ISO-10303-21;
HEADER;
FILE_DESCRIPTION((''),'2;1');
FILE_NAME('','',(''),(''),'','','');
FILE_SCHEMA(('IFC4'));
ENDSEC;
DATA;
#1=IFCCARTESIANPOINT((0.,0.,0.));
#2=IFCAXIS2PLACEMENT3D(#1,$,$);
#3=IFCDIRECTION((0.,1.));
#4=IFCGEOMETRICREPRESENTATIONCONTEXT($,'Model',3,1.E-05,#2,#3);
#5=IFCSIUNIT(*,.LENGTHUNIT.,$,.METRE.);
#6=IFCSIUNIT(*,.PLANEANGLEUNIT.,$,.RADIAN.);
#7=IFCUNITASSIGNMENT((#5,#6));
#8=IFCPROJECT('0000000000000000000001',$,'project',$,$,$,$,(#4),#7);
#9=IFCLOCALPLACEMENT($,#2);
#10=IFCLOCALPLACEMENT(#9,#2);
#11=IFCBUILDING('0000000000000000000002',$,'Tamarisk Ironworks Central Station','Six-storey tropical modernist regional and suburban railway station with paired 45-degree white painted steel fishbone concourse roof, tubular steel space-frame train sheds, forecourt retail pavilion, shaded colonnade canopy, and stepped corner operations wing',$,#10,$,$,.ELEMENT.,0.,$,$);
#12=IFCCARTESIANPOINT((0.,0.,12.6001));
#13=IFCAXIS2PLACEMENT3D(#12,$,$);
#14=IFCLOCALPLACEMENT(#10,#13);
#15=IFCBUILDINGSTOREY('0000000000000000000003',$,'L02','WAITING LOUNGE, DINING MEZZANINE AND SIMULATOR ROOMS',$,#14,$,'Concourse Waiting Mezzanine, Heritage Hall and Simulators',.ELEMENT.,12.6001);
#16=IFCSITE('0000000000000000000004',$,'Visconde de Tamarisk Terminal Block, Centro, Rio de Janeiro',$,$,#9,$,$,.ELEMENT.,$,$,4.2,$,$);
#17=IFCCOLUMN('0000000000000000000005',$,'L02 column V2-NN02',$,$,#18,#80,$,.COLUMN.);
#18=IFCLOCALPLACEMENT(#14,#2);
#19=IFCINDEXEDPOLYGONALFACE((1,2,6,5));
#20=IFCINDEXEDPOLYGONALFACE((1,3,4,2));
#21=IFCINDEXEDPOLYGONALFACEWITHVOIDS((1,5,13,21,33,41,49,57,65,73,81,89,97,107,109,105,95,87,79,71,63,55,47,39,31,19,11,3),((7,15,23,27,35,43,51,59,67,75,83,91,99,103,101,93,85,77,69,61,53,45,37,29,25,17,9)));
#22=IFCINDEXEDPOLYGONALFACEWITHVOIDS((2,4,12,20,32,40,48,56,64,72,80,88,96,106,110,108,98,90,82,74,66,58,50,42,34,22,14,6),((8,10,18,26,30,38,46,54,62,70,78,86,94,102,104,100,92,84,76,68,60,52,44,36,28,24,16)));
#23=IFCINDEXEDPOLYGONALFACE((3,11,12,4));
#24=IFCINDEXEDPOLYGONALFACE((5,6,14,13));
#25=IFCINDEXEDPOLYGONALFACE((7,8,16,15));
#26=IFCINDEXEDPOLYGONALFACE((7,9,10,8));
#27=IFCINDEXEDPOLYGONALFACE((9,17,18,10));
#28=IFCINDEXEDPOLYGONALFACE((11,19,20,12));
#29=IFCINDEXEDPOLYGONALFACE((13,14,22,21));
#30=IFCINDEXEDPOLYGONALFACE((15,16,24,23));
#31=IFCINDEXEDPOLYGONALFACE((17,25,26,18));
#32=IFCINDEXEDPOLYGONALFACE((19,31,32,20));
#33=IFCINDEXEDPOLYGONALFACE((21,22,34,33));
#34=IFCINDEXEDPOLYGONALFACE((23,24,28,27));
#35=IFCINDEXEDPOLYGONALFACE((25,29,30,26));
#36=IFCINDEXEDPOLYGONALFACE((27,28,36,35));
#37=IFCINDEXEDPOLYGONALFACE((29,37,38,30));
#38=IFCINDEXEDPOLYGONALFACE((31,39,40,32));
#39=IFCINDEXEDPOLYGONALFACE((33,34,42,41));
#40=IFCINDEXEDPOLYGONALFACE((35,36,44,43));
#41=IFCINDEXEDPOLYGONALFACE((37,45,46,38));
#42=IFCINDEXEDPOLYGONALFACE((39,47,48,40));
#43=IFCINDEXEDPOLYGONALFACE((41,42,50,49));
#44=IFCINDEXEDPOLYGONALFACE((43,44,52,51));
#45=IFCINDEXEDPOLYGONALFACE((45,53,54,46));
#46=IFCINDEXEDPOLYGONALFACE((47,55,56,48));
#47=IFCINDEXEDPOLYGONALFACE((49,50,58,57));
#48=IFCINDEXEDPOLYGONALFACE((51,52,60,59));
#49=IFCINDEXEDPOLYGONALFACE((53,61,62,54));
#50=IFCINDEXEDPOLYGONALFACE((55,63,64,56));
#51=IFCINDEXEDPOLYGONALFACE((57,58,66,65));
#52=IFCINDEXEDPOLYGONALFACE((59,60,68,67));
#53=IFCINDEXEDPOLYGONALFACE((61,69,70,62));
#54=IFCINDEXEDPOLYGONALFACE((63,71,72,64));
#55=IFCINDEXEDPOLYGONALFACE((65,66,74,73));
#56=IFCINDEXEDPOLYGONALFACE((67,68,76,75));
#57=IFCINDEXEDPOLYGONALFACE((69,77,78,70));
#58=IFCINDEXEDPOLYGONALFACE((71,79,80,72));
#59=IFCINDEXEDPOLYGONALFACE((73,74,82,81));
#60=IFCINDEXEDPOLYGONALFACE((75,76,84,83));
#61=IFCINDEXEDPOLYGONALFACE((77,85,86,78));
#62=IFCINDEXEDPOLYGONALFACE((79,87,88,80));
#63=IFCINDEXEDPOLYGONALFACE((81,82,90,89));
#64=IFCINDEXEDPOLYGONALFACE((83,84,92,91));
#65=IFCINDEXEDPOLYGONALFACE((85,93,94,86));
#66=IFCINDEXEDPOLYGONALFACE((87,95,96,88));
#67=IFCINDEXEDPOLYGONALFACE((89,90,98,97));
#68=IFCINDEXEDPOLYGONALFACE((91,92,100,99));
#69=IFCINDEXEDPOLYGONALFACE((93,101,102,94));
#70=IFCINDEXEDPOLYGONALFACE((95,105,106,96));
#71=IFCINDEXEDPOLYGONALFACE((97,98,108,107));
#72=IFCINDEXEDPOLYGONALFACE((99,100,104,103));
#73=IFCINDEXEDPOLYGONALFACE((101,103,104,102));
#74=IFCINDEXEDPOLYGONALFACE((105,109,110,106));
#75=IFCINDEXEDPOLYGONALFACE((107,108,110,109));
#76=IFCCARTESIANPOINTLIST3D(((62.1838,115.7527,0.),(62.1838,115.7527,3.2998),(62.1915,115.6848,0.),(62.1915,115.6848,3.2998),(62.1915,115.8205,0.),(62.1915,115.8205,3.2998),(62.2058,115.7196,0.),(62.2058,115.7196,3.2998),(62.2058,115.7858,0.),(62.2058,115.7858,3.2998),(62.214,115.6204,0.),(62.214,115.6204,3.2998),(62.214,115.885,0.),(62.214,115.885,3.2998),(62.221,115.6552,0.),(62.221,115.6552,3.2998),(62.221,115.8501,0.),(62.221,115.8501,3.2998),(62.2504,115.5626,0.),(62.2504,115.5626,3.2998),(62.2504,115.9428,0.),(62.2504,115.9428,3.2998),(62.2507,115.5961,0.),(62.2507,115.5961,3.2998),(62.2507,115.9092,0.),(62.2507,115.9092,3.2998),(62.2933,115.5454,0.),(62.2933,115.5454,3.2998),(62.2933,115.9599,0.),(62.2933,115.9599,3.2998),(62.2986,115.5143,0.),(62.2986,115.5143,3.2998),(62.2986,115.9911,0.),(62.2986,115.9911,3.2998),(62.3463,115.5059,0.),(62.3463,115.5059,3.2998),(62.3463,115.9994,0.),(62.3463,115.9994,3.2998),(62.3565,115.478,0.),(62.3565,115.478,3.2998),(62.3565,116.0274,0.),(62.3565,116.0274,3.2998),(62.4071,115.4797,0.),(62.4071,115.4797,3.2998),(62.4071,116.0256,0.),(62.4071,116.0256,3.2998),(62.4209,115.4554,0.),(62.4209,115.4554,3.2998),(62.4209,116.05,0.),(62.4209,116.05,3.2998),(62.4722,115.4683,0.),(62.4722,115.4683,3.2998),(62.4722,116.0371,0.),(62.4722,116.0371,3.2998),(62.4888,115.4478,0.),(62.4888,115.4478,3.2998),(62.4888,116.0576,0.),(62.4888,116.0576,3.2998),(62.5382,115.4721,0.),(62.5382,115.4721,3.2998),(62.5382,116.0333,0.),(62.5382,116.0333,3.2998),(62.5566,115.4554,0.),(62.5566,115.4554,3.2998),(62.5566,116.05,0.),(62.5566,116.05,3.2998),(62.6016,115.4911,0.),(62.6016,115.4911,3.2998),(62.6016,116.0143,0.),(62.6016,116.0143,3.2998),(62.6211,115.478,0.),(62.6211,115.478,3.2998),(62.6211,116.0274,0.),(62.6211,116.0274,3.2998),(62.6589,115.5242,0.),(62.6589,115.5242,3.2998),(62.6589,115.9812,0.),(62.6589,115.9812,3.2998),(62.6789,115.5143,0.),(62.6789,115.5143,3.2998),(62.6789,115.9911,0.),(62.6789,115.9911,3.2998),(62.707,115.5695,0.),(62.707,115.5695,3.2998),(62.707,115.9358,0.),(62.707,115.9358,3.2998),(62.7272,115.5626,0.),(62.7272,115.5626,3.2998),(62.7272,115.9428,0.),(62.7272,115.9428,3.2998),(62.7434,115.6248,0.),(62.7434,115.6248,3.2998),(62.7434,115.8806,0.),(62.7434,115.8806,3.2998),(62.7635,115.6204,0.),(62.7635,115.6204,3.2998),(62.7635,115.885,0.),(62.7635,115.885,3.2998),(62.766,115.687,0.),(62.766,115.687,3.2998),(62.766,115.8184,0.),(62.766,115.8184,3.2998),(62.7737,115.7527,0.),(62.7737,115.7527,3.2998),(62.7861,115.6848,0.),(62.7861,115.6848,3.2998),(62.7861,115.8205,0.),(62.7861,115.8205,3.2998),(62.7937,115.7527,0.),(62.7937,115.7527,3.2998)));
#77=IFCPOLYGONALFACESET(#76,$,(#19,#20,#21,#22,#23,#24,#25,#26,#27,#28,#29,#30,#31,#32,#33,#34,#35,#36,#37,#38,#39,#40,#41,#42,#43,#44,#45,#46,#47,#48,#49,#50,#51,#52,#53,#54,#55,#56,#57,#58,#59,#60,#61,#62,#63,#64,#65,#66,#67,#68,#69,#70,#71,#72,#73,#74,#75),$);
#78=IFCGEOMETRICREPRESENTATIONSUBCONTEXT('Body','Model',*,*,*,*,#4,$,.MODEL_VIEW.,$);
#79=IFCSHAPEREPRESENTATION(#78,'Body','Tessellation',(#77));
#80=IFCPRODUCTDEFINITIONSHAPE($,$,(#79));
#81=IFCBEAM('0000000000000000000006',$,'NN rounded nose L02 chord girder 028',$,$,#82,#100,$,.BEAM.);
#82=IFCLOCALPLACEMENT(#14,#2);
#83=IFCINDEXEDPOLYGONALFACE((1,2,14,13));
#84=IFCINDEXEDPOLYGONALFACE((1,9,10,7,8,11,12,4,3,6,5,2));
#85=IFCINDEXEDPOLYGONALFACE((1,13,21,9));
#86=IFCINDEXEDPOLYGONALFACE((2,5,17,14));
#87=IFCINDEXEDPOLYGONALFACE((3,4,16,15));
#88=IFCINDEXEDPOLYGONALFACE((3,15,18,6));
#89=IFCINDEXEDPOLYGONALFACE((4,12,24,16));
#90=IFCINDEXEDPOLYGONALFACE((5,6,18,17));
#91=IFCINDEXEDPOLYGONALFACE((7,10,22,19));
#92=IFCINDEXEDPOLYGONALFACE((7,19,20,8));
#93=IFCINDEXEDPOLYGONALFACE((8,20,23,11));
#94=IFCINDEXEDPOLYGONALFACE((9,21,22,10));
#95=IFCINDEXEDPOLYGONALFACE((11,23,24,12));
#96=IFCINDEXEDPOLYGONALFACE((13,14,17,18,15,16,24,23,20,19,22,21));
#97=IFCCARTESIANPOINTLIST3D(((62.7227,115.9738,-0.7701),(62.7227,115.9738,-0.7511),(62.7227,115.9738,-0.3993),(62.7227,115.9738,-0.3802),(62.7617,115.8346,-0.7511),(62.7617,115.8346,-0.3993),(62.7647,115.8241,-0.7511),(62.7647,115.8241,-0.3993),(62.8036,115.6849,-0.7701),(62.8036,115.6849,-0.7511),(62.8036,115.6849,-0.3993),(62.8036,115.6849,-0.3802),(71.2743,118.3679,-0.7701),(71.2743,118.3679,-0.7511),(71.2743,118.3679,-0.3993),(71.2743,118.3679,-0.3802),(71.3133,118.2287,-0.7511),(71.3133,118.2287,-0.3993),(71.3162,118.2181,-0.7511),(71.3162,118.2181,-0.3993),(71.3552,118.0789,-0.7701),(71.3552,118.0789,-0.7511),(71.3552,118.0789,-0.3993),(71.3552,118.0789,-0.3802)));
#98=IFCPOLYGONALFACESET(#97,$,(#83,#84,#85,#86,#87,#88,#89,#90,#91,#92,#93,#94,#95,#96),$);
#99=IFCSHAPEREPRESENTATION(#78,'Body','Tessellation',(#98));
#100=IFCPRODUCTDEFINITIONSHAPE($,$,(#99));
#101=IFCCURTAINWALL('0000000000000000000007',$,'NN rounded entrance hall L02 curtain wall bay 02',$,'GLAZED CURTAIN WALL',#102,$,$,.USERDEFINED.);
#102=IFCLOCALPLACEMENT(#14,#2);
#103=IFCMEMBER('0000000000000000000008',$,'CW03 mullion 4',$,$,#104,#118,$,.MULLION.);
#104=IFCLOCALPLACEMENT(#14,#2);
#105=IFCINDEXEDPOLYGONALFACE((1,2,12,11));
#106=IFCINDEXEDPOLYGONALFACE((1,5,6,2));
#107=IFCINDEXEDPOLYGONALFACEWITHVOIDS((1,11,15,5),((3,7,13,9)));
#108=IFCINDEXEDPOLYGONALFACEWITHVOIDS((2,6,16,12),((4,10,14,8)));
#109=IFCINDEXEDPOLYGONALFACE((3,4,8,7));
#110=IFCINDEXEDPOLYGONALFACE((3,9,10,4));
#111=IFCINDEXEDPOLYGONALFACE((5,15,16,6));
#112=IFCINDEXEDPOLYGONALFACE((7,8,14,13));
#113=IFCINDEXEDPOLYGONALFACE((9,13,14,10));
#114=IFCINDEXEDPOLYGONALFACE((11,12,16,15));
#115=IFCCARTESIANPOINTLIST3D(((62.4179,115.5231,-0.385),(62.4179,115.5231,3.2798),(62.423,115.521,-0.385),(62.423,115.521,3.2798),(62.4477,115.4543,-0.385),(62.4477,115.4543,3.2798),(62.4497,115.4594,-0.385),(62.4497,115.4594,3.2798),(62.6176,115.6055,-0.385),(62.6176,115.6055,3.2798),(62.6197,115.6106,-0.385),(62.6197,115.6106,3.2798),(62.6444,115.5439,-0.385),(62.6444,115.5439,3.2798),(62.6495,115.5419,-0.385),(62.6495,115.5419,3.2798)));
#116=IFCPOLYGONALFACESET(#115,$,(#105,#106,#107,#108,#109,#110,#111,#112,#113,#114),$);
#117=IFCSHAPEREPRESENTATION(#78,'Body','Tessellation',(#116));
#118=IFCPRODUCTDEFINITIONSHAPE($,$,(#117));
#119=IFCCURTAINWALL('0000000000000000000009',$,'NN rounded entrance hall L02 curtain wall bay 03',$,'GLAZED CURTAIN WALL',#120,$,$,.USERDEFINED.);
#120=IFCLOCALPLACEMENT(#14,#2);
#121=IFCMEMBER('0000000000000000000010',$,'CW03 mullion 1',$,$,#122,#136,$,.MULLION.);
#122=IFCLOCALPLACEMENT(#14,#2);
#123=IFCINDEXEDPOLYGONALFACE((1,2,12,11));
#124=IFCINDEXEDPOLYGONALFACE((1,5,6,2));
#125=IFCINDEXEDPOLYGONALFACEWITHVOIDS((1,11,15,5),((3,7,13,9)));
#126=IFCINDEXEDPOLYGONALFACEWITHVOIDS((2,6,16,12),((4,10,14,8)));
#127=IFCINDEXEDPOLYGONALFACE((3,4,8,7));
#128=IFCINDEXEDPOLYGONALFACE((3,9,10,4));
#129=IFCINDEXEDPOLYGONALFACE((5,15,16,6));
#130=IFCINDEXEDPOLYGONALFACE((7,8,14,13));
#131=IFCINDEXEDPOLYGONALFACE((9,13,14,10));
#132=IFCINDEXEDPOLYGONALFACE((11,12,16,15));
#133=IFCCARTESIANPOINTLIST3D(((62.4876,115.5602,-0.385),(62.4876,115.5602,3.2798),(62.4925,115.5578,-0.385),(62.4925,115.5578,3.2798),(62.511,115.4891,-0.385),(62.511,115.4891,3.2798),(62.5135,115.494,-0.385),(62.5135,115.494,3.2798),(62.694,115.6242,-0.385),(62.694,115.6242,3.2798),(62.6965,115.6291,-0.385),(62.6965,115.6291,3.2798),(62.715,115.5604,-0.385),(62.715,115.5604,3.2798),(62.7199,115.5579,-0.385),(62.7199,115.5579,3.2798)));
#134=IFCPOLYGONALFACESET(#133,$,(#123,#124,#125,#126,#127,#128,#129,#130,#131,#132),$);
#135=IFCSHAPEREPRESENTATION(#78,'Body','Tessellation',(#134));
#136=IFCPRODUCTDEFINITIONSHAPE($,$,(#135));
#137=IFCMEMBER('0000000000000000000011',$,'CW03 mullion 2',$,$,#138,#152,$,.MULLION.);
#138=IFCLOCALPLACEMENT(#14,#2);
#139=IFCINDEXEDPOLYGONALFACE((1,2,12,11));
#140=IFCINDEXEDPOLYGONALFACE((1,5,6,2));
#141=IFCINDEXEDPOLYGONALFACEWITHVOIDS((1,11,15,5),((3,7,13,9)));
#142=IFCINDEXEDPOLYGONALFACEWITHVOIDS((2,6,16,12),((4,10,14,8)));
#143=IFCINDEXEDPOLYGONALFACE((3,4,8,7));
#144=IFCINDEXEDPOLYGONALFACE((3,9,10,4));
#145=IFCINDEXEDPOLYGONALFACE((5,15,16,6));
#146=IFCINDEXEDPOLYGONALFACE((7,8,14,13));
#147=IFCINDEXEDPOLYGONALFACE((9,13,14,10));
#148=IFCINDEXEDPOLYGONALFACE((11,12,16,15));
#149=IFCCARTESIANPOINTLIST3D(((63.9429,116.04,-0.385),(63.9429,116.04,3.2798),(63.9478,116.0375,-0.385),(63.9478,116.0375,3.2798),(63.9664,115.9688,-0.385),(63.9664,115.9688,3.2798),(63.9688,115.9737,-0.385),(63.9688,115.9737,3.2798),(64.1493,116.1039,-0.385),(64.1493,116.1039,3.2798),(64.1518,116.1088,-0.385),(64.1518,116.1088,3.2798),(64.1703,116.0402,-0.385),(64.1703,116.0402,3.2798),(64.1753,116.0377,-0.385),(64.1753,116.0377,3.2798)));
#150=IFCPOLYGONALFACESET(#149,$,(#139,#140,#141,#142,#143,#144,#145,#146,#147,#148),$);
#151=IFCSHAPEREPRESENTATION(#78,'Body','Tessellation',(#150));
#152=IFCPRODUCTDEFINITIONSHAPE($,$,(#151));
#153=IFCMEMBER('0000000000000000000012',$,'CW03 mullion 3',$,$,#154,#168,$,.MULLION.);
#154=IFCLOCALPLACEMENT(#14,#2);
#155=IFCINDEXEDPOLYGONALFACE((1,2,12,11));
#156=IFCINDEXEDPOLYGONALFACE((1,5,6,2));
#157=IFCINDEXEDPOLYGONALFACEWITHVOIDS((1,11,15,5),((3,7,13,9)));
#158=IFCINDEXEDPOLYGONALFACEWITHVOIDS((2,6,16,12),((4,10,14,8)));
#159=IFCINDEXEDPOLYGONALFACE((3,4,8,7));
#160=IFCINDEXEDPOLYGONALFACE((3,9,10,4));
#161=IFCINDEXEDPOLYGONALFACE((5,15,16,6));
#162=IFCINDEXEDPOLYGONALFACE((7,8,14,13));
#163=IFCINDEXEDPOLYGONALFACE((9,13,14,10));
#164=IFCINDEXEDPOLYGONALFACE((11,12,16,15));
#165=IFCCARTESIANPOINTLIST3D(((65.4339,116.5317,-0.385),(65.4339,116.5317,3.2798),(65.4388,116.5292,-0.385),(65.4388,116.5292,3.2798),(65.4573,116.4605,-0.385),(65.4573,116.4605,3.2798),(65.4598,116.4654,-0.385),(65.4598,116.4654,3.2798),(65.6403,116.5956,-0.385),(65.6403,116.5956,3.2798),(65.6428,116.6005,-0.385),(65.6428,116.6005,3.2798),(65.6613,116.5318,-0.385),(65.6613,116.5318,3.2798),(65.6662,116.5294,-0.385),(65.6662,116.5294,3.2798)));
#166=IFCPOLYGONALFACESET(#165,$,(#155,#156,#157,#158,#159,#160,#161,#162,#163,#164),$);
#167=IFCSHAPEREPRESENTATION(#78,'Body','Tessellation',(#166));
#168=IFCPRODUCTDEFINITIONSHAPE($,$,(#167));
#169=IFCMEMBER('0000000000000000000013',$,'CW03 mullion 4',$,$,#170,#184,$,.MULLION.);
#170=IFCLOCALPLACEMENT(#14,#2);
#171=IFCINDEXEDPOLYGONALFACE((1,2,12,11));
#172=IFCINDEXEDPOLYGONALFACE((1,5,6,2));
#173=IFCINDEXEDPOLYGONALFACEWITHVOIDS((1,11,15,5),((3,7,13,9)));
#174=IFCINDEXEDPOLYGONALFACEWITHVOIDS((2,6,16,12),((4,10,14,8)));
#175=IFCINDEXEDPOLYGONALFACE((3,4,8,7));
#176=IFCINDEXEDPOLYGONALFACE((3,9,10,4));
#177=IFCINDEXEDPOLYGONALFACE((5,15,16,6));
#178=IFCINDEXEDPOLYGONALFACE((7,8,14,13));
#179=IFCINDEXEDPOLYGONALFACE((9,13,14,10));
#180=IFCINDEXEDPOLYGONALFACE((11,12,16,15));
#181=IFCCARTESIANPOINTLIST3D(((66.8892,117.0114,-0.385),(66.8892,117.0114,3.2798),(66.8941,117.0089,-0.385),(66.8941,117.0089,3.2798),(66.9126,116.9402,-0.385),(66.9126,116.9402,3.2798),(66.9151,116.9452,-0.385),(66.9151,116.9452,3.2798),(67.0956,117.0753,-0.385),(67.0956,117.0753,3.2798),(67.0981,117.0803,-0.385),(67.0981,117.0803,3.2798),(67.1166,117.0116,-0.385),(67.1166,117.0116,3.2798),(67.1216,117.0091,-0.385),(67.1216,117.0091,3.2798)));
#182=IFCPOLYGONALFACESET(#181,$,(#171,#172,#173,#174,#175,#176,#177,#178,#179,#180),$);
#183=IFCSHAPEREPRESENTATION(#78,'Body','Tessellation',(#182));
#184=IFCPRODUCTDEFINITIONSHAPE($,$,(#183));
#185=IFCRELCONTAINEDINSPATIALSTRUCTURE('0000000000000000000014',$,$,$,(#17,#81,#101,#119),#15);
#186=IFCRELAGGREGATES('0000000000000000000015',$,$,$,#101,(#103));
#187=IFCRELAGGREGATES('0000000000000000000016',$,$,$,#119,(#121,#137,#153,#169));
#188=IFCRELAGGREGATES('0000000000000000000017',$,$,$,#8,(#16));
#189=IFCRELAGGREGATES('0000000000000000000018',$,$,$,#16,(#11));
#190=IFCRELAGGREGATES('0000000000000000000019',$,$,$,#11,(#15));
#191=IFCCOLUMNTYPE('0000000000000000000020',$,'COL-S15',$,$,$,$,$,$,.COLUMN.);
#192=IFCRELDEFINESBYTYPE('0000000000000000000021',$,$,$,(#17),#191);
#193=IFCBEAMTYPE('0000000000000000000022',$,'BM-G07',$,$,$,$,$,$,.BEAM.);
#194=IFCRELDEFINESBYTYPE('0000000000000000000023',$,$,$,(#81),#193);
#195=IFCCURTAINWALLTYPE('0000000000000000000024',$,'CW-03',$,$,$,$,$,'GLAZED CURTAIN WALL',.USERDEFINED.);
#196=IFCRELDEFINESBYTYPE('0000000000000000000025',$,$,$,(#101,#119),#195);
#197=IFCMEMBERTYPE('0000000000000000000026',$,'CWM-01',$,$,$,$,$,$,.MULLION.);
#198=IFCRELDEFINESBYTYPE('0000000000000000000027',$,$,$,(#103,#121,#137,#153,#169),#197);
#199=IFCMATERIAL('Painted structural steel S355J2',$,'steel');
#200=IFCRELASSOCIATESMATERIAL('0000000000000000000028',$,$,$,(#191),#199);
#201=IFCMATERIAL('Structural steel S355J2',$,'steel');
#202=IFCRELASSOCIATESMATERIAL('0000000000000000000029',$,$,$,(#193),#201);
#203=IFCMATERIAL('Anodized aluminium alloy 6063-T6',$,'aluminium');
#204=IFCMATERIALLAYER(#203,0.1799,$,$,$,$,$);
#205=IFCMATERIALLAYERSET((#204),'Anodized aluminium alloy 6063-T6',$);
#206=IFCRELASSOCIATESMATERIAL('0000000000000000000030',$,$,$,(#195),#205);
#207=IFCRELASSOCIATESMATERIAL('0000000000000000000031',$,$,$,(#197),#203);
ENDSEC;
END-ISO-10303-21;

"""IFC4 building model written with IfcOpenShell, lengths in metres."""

from ifc_helpers import new_model, si_unit, direction, frame, origin, origin_2d, place, context, subcontext, project, spatial, hollow_rectangle, hollow_circle, i_section, extrude, material, layer, layer_set, material_profile, profile_set, type_object, element, aggregate, save


model = new_model("IFC4")

# Units and contexts
model_context = context("Model", 3, precision=1e-05, world=origin(), true_north=direction((0.0, 1.0)))
body_context = subcontext(model_context, "Body", "Model", "MODEL_VIEW")
ifc_project = project(units=[si_unit("LENGTHUNIT", "METRE"), si_unit("PLANEANGLEUNIT", "RADIAN")], contexts=[model_context])

# Site, building, storey
site_placement = place(None, origin())
site = spatial("IfcSite", under=ifc_project, at=site_placement, Name="Visconde de Tamarisk Terminal Block, Centro, Rio de Janeiro", CompositionType="ELEMENT", RefElevation=4.2)
building_placement = place(site_placement, origin())
building = spatial("IfcBuilding", under=site, at=building_placement, Name="Tamarisk Ironworks Central Station", Description="Six-storey tropical modernist regional and suburban railway station with paired 45-degree white painted steel fishbone concourse roof, tubular steel space-frame train sheds, forecourt retail pavilion, shaded colonnade canopy, and stepped corner operations wing", CompositionType="ELEMENT", ElevationOfRefHeight=0.0)
storey_placement = place(building_placement, frame((0.0, 0.0, 12.6001)))
storey = spatial("IfcBuildingStorey", under=building, at=storey_placement, Name="L02", Description="WAITING LOUNGE, DINING MEZZANINE AND SIMULATOR ROOMS", LongName="Concourse Waiting Mezzanine, Heritage Hall and Simulators", CompositionType="ELEMENT", Elevation=12.6001)

# Column
ifc_material_1 = material(Name="Painted structural steel S355J2", Category="steel")
ifc_material_profile_1 = material_profile(ifc_material_1, hollow_circle(Radius=0.3049, WallThickness=0.02, at=origin_2d()), Name="CHS 610x20")
ifc_profile_set_1 = profile_set([ifc_material_profile_1], Name="Painted structural steel S355J2")
column_type = type_object("IfcColumnType", Name="COL-S15", PredefinedType="COLUMN", material=ifc_profile_set_1)
column_placement = place(storey_placement, frame((62.4888, 115.7527, 0.0), z_axis=(0.0, 0.0, 1.0), x_axis=(1.0, 0.0, 0.0)))
element("IfcColumn", 1, at=column_placement, inside=storey, type_object=column_type, Name="L02 column V2-NN02", PredefinedType="COLUMN", context=body_context, shape_type="SweptSolid", body=[
    extrude(hollow_circle(Radius=0.3049, WallThickness=0.02, at=origin_2d()), origin(), (0.0, 0.0, 1.0), 3.2998),
])

# Beam
ifc_material_2 = material(Name="Structural steel S355J2", Category="steel")
ifc_material_profile_2 = material_profile(ifc_material_2, i_section(OverallWidth=0.3, OverallDepth=0.3899, WebThickness=0.011, FlangeThickness=0.019, at=origin_2d()), Name="HEA 400")
ifc_profile_set_2 = profile_set([ifc_material_profile_2], Name="Structural steel S355J2")
beam_type = type_object("IfcBeamType", Name="BM-G07", PredefinedType="BEAM", material=ifc_profile_set_2)
beam_placement = place(storey_placement, frame((62.7632, 115.8293, -0.5752), z_axis=(0.962975, 0.26959, 0.0), x_axis=(-0.26959, 0.962975, 0.0)))
element("IfcBeam", 2, at=beam_placement, inside=storey, type_object=beam_type, Name="NN rounded nose L02 chord girder 028", PredefinedType="BEAM", context=body_context, shape_type="SweptSolid", body=[
    extrude(i_section(OverallWidth=0.3, OverallDepth=0.3899, WebThickness=0.011, FlangeThickness=0.019, at=origin_2d()), origin(), (0.0, 0.0, 1.0), 8.8804),
])

# Curtain wall, member
ifc_material_3 = material(Name="Anodized aluminium alloy 6063-T6", Category="aluminium")
ifc_layer_1 = layer(ifc_material_3, 0.1799)
ifc_layer_set_1 = layer_set([ifc_layer_1], Name="Anodized aluminium alloy 6063-T6")
curtain_wall_type = type_object("IfcCurtainWallType", Name="CW-03", ElementType="GLAZED CURTAIN WALL", PredefinedType="USERDEFINED", material=ifc_layer_set_1)
curtain_wall_1_placement = place(storey_placement, origin())
curtain_wall_1 = element("IfcCurtainWall", 3, at=curtain_wall_1_placement, inside=storey, type_object=curtain_wall_type, Name="NN rounded entrance hall L02 curtain wall bay 02", ObjectType="GLAZED CURTAIN WALL", PredefinedType="USERDEFINED")
ifc_material_profile_3 = material_profile(ifc_material_3, hollow_rectangle(XDim=0.075, YDim=0.22, WallThickness=0.0039, at=origin_2d()), Name="ALUM 220x75")
ifc_profile_set_3 = profile_set([ifc_material_profile_3], Name="Anodized aluminium alloy 6063-T6")
member_type_1 = type_object("IfcMemberType", Name="CWM-01", PredefinedType="MULLION", material=ifc_profile_set_3)
member_1_placement = place(storey_placement, frame((62.5337, 115.5325, -0.385), z_axis=(0.0, 0.0, 1.0), x_axis=(-0.398077, 0.917352, 0.0)))
member_1 = element("IfcMember", 4, at=member_1_placement, type_object=member_type_1, Name="CW03 mullion 4", PredefinedType="MULLION", context=body_context, shape_type="SweptSolid", body=[
    extrude(hollow_rectangle(XDim=0.075, YDim=0.22, WallThickness=0.0039, at=origin_2d()), origin(), (0.0, 0.0, 1.0), 3.6648),
])
aggregate(curtain_wall_1, [member_1])

# Curtain wall, members
curtain_wall_2_placement = place(storey_placement, origin())
curtain_wall_2 = element("IfcCurtainWall", 5, at=curtain_wall_2_placement, inside=storey, type_object=curtain_wall_type, Name="NN rounded entrance hall L02 curtain wall bay 03", ObjectType="GLAZED CURTAIN WALL", PredefinedType="USERDEFINED")
member_2_placement = place(storey_placement, frame((62.6038, 115.5591, -0.385), z_axis=(0.0, 0.0, 1.0), x_axis=(-0.313098, 0.949721, 0.0)))
member_2 = element("IfcMember", 6, at=member_2_placement, type_object=member_type_1, Name="CW03 mullion 1", PredefinedType="MULLION", context=body_context, shape_type="SweptSolid", body=[
    extrude(hollow_rectangle(XDim=0.075, YDim=0.22, WallThickness=0.0039, at=origin_2d()), origin(), (0.0, 0.0, 1.0), 3.6648),
])
member_3_placement = place(storey_placement, frame((64.0591, 116.0388, -0.385), z_axis=(0.0, 0.0, 1.0), x_axis=(-0.313098, 0.949721, 0.0)))
member_3 = element("IfcMember", 7, at=member_3_placement, type_object=member_type_1, Name="CW03 mullion 2", PredefinedType="MULLION", context=body_context, shape_type="SweptSolid", body=[
    extrude(hollow_rectangle(XDim=0.075, YDim=0.22, WallThickness=0.0039, at=origin_2d()), origin(), (0.0, 0.0, 1.0), 3.6648),
])
member_4_placement = place(storey_placement, frame((65.55, 116.5305, -0.385), z_axis=(0.0, 0.0, 1.0), x_axis=(-0.313098, 0.949721, 0.0)))
member_4 = element("IfcMember", 8, at=member_4_placement, type_object=member_type_1, Name="CW03 mullion 3", PredefinedType="MULLION", context=body_context, shape_type="SweptSolid", body=[
    extrude(hollow_rectangle(XDim=0.075, YDim=0.22, WallThickness=0.0039, at=origin_2d()), origin(), (0.0, 0.0, 1.0), 3.6648),
])
member_5_placement = place(storey_placement, frame((67.0054, 117.0103, -0.385), z_axis=(0.0, 0.0, 1.0), x_axis=(-0.313098, 0.949721, 0.0)))
member_5 = element("IfcMember", 9, at=member_5_placement, type_object=member_type_1, Name="CW03 mullion 4", PredefinedType="MULLION", context=body_context, shape_type="SweptSolid", body=[
    extrude(hollow_rectangle(XDim=0.075, YDim=0.22, WallThickness=0.0039, at=origin_2d()), origin(), (0.0, 0.0, 1.0), 3.6648),
])

aggregate(curtain_wall_2, [member_2, member_3, member_4, member_5])

save(model, "model.ifc")
